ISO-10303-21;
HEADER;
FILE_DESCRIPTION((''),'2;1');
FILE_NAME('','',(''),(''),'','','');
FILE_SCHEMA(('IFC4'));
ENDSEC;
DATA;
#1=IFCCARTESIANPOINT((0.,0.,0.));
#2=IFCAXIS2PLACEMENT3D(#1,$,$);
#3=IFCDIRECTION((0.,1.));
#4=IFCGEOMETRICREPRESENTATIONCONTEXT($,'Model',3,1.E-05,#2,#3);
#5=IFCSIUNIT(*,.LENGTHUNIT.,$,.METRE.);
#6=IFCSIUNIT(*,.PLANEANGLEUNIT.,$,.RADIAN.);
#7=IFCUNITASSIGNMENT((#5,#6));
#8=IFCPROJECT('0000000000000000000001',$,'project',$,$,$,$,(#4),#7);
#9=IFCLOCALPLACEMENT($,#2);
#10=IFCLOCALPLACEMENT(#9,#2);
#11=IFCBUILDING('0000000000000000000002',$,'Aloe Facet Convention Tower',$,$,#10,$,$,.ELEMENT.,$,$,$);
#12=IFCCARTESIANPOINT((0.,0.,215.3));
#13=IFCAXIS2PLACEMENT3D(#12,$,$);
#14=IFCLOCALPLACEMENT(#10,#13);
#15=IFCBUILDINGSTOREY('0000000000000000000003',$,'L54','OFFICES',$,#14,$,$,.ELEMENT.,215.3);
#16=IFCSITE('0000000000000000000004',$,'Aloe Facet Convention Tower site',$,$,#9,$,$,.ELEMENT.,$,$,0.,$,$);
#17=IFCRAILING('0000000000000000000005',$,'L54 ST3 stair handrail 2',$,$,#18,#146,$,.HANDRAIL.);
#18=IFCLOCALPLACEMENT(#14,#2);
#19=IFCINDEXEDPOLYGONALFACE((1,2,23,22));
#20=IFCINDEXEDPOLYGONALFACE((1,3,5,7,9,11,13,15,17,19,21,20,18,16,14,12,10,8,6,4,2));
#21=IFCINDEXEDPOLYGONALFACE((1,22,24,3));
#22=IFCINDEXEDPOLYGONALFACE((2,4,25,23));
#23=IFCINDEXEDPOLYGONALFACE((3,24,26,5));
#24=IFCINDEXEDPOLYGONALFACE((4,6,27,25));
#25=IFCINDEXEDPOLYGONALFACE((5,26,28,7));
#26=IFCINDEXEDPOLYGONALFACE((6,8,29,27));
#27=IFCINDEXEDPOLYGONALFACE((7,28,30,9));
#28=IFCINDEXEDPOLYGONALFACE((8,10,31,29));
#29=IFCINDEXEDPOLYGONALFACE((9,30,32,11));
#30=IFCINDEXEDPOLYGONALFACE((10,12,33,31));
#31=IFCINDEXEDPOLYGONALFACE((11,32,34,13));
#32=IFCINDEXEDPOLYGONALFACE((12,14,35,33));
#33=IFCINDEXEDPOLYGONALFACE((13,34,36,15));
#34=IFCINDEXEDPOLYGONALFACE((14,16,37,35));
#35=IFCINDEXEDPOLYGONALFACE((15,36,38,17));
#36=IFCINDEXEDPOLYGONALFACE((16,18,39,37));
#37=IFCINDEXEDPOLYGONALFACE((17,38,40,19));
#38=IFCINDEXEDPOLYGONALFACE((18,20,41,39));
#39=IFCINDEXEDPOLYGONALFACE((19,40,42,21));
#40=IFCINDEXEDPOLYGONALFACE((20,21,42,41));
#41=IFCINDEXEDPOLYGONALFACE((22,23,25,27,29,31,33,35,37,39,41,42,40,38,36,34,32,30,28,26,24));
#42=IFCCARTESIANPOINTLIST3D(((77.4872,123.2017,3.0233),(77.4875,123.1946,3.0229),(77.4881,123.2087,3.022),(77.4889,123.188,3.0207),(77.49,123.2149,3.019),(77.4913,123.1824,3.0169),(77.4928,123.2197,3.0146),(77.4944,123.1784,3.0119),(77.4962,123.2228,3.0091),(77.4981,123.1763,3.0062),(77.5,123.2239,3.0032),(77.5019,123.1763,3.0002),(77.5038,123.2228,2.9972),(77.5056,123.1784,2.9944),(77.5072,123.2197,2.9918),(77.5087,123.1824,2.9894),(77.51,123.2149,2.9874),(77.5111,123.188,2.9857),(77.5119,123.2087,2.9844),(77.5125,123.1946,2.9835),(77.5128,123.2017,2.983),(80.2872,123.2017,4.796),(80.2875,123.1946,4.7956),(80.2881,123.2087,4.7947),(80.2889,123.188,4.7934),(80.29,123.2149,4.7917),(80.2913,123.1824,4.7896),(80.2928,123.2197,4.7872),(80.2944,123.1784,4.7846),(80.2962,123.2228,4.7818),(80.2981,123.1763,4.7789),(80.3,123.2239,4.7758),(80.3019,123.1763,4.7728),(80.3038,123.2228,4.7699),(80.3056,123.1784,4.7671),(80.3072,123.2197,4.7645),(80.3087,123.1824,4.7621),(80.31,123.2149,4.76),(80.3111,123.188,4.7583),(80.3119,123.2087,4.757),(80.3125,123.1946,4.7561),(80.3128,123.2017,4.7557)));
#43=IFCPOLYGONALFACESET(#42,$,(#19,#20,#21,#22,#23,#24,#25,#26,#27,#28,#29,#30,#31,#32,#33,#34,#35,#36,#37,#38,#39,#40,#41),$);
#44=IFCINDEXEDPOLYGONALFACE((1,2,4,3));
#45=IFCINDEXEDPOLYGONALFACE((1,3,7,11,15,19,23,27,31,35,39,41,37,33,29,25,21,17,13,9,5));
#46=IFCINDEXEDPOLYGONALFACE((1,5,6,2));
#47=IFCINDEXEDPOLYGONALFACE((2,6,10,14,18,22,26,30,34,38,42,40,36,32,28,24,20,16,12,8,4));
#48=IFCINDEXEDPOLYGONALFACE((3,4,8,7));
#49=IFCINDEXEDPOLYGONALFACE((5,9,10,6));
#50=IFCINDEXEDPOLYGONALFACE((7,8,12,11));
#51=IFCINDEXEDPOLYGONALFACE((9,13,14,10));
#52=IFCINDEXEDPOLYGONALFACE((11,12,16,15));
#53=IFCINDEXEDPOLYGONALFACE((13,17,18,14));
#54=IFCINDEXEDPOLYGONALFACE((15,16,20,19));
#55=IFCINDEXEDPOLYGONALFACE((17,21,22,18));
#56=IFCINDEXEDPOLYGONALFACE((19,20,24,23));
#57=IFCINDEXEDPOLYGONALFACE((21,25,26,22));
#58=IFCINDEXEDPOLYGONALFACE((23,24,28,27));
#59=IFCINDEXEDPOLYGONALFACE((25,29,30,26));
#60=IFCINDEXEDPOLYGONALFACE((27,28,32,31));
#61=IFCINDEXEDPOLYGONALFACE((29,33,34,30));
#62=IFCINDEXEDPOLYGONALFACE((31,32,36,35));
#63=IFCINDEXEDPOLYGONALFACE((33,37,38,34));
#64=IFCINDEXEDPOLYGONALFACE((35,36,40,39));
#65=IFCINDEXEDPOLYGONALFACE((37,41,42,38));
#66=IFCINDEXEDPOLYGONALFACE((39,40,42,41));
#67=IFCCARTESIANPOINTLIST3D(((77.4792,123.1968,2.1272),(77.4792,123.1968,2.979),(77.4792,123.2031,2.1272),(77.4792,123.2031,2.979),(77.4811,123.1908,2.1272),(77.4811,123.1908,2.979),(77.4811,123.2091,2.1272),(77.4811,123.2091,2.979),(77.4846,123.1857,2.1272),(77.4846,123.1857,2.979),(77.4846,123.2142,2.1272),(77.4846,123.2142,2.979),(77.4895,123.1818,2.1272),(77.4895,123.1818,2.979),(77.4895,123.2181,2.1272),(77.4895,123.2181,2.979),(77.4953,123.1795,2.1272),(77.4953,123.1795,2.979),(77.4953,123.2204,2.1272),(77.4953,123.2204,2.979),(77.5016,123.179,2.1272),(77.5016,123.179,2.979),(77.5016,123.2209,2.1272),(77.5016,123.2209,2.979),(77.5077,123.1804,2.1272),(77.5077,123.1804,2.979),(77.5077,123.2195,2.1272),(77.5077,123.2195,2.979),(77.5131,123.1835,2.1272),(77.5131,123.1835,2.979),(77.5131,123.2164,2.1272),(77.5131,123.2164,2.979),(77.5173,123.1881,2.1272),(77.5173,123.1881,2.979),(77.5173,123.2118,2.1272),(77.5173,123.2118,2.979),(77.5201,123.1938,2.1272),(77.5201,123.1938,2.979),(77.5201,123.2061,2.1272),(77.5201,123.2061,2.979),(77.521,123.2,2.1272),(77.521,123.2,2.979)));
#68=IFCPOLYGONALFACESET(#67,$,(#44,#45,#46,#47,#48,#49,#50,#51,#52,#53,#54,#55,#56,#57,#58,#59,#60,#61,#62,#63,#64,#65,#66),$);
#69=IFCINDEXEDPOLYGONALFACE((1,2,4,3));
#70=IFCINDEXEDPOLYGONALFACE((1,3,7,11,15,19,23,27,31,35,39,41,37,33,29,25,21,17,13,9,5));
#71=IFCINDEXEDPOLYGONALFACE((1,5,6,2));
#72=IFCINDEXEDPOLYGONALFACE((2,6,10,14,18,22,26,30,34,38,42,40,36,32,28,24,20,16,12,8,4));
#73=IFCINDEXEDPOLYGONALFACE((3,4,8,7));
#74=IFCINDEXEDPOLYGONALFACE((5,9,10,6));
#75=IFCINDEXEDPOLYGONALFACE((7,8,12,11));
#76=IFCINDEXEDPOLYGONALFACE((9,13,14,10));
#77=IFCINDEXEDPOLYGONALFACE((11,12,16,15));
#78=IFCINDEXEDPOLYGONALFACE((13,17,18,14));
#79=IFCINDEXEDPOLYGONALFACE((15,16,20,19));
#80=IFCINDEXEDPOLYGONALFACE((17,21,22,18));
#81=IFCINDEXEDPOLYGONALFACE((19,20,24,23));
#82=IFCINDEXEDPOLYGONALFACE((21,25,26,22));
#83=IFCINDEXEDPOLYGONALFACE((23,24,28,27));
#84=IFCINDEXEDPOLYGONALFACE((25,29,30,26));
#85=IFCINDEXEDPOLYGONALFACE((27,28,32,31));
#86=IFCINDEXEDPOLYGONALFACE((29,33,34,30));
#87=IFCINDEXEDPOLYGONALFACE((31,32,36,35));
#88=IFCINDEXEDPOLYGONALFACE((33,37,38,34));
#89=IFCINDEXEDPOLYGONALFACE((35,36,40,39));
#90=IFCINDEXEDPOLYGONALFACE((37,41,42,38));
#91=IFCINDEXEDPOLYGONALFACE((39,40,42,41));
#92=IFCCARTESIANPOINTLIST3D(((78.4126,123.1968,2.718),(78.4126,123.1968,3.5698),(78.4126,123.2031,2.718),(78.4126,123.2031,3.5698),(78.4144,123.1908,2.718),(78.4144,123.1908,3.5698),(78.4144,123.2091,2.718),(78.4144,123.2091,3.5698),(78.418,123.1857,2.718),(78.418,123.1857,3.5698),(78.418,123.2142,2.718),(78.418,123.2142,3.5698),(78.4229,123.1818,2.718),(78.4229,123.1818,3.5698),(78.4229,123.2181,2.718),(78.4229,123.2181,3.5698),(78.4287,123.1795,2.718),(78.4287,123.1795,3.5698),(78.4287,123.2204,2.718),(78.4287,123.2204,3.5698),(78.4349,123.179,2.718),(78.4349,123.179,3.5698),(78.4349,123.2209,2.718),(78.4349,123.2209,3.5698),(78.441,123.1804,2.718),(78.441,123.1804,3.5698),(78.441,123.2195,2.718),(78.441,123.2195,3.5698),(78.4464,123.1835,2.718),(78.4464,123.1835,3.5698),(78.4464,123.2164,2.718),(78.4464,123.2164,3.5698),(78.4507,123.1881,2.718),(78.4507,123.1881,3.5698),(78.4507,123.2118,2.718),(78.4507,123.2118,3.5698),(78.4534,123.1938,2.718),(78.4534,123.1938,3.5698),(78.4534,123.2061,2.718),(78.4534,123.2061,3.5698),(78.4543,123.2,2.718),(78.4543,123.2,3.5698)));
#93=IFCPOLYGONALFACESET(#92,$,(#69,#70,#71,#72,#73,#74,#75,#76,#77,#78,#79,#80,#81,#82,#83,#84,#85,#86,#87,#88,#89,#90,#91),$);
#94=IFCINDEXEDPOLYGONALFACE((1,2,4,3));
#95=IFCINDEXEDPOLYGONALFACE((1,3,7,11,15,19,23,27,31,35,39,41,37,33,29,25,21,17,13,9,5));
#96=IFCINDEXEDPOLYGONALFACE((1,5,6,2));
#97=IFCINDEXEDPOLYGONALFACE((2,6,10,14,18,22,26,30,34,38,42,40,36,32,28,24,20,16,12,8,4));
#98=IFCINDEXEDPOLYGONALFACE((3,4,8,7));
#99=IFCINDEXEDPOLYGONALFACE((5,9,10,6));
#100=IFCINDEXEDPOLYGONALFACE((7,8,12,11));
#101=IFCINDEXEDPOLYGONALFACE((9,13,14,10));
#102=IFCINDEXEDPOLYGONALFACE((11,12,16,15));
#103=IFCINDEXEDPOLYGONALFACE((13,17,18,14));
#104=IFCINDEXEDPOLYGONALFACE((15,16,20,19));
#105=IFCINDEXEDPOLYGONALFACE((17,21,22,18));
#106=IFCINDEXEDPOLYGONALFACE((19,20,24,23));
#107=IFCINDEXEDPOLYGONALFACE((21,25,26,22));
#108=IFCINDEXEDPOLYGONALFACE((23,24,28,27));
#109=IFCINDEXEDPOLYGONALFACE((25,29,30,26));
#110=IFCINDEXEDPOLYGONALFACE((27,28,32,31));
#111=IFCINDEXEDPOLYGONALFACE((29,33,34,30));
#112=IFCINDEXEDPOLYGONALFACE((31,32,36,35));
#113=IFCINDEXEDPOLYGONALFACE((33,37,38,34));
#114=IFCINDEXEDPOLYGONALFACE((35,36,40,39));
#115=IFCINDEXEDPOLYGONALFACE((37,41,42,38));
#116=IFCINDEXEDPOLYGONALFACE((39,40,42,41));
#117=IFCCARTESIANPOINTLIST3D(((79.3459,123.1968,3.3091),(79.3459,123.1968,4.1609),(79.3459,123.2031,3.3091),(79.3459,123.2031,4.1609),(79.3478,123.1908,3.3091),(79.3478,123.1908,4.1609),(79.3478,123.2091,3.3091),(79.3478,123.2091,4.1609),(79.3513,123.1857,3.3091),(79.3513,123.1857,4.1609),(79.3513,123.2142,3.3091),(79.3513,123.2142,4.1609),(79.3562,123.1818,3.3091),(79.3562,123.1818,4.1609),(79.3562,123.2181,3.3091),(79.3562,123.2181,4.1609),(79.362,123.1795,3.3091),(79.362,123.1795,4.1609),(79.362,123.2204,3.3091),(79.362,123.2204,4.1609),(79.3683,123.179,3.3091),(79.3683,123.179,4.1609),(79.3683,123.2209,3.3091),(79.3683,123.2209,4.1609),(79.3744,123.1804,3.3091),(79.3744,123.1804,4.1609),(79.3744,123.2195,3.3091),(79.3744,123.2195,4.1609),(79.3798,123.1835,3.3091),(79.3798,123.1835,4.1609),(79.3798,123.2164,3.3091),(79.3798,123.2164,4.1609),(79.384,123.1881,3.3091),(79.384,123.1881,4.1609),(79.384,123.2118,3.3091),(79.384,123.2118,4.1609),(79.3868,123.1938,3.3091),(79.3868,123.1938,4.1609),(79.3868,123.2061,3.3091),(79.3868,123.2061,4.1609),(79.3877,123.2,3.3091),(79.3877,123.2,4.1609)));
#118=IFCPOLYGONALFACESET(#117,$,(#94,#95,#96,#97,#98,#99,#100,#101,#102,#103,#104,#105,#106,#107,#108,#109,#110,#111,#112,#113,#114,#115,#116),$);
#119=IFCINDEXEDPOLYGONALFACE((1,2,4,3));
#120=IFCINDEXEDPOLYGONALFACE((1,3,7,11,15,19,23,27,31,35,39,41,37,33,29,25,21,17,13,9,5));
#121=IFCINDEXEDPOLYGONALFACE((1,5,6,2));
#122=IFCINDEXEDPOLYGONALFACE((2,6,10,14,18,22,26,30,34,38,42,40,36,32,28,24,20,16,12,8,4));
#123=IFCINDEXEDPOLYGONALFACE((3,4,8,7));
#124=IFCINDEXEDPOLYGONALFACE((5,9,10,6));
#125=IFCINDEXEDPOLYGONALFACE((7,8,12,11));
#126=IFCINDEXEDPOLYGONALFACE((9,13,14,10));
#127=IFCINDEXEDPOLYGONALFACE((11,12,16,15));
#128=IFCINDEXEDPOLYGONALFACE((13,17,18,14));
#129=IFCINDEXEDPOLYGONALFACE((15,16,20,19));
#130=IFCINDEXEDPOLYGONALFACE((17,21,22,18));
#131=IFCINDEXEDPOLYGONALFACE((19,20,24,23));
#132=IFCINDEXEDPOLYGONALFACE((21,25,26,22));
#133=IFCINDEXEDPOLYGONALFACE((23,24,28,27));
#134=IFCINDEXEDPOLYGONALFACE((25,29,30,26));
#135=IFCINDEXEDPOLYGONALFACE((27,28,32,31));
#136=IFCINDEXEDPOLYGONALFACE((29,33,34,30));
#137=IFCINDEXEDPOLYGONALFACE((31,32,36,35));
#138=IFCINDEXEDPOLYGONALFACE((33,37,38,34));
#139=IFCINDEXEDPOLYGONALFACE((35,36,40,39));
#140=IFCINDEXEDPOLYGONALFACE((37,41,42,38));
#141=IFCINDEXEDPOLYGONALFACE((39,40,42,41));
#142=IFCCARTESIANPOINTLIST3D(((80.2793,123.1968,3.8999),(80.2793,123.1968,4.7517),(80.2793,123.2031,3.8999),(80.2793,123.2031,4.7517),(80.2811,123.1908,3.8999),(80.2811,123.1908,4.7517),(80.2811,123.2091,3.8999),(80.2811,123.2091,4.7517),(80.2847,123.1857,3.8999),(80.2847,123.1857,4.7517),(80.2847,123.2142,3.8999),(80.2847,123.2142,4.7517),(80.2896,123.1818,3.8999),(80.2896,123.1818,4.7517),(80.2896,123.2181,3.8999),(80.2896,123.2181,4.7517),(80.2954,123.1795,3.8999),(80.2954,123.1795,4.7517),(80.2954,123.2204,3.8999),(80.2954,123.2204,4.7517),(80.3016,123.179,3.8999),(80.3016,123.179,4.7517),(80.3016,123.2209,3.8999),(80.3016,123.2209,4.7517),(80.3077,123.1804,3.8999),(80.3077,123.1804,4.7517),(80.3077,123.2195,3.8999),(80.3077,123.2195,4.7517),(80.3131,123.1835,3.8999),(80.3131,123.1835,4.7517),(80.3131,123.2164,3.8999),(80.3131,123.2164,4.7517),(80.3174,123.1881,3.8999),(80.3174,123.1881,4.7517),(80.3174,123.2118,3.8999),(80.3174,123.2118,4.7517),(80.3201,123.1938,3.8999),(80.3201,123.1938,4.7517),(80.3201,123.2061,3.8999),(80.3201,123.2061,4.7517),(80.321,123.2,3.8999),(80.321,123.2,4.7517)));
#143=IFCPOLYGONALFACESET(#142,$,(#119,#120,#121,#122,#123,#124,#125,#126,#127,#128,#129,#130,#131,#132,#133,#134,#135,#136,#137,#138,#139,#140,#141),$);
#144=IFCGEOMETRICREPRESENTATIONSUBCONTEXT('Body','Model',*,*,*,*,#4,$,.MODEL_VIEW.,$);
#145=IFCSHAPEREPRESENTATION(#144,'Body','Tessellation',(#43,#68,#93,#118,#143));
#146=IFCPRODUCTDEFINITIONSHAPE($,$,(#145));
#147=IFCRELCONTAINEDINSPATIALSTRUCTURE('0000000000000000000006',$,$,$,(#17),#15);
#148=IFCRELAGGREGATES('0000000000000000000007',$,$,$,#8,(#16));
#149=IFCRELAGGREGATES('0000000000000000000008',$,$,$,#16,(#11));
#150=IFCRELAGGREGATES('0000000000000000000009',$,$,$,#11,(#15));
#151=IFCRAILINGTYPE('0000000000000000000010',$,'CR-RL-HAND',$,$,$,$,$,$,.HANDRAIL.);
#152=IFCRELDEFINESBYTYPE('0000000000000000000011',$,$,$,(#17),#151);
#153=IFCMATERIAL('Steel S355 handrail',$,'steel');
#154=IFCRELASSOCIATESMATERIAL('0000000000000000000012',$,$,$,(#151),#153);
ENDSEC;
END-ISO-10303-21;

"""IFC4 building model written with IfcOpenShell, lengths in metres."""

from ifc_helpers import new_model, si_unit, direction, frame, origin, origin_2d, place, context, subcontext, project, spatial, circle, extrude, material, type_object, element, save


model = new_model("IFC4")

# Units and contexts
model_context = context("Model", 3, precision=1e-05, world=origin(), true_north=direction((0.0, 1.0)))
body_context = subcontext(model_context, "Body", "Model", "MODEL_VIEW")
ifc_project = project(units=[si_unit("LENGTHUNIT", "METRE"), si_unit("PLANEANGLEUNIT", "RADIAN")], contexts=[model_context])

# Site, building, storey
site_placement = place(None, origin())
site = spatial("IfcSite", under=ifc_project, at=site_placement, Name="Aloe Facet Convention Tower site", CompositionType="ELEMENT", RefElevation=0.0)
building_placement = place(site_placement, origin())
building = spatial("IfcBuilding", under=site, at=building_placement, Name="Aloe Facet Convention Tower", CompositionType="ELEMENT")
storey_placement = place(building_placement, frame((0.0, 0.0, 215.3)))
storey = spatial("IfcBuildingStorey", under=building, at=storey_placement, Name="L54", Description="OFFICES", CompositionType="ELEMENT", Elevation=215.3)

# Railing
ifc_material_1 = material(Name="Steel S355 handrail", Category="steel")
railing_type_1 = type_object("IfcRailingType", Name="CR-RL-HAND", PredefinedType="HANDRAIL", material=ifc_material_1)
railing_1_placement = place(storey_placement, frame((77.5, 123.2, 2.1272)))
element("IfcRailing", 1, at=railing_1_placement, inside=storey, type_object=railing_type_1, Name="L54 ST3 stair handrail 2", PredefinedType="HANDRAIL", context=body_context, shape_type="SweptSolid", body=[
    extrude(circle(Radius=0.0239, at=origin_2d()), frame((0.0, 0.0, 0.876), z_axis=(0.844909, 0.0, 0.53491), x_axis=(0.0, 1.0, 0.0)), (0.0, 0.0, 1.0), 3.314),
    extrude(circle(Radius=0.021, at=origin_2d()), origin(), (0.0, 0.0, 1.0), 0.8518),
    extrude(circle(Radius=0.021, at=origin_2d()), frame((0.9333, 0.0, 0.5908)), (0.0, 0.0, 1.0), 0.8518),
    extrude(circle(Radius=0.021, at=origin_2d()), frame((1.8667, 0.0, 1.1819)), (0.0, 0.0, 1.0), 0.8518),
    extrude(circle(Radius=0.021, at=origin_2d()), frame((2.8, 0.0, 1.7727)), (0.0, 0.0, 1.0), 0.8518),
])

save(model, "model.ifc")
